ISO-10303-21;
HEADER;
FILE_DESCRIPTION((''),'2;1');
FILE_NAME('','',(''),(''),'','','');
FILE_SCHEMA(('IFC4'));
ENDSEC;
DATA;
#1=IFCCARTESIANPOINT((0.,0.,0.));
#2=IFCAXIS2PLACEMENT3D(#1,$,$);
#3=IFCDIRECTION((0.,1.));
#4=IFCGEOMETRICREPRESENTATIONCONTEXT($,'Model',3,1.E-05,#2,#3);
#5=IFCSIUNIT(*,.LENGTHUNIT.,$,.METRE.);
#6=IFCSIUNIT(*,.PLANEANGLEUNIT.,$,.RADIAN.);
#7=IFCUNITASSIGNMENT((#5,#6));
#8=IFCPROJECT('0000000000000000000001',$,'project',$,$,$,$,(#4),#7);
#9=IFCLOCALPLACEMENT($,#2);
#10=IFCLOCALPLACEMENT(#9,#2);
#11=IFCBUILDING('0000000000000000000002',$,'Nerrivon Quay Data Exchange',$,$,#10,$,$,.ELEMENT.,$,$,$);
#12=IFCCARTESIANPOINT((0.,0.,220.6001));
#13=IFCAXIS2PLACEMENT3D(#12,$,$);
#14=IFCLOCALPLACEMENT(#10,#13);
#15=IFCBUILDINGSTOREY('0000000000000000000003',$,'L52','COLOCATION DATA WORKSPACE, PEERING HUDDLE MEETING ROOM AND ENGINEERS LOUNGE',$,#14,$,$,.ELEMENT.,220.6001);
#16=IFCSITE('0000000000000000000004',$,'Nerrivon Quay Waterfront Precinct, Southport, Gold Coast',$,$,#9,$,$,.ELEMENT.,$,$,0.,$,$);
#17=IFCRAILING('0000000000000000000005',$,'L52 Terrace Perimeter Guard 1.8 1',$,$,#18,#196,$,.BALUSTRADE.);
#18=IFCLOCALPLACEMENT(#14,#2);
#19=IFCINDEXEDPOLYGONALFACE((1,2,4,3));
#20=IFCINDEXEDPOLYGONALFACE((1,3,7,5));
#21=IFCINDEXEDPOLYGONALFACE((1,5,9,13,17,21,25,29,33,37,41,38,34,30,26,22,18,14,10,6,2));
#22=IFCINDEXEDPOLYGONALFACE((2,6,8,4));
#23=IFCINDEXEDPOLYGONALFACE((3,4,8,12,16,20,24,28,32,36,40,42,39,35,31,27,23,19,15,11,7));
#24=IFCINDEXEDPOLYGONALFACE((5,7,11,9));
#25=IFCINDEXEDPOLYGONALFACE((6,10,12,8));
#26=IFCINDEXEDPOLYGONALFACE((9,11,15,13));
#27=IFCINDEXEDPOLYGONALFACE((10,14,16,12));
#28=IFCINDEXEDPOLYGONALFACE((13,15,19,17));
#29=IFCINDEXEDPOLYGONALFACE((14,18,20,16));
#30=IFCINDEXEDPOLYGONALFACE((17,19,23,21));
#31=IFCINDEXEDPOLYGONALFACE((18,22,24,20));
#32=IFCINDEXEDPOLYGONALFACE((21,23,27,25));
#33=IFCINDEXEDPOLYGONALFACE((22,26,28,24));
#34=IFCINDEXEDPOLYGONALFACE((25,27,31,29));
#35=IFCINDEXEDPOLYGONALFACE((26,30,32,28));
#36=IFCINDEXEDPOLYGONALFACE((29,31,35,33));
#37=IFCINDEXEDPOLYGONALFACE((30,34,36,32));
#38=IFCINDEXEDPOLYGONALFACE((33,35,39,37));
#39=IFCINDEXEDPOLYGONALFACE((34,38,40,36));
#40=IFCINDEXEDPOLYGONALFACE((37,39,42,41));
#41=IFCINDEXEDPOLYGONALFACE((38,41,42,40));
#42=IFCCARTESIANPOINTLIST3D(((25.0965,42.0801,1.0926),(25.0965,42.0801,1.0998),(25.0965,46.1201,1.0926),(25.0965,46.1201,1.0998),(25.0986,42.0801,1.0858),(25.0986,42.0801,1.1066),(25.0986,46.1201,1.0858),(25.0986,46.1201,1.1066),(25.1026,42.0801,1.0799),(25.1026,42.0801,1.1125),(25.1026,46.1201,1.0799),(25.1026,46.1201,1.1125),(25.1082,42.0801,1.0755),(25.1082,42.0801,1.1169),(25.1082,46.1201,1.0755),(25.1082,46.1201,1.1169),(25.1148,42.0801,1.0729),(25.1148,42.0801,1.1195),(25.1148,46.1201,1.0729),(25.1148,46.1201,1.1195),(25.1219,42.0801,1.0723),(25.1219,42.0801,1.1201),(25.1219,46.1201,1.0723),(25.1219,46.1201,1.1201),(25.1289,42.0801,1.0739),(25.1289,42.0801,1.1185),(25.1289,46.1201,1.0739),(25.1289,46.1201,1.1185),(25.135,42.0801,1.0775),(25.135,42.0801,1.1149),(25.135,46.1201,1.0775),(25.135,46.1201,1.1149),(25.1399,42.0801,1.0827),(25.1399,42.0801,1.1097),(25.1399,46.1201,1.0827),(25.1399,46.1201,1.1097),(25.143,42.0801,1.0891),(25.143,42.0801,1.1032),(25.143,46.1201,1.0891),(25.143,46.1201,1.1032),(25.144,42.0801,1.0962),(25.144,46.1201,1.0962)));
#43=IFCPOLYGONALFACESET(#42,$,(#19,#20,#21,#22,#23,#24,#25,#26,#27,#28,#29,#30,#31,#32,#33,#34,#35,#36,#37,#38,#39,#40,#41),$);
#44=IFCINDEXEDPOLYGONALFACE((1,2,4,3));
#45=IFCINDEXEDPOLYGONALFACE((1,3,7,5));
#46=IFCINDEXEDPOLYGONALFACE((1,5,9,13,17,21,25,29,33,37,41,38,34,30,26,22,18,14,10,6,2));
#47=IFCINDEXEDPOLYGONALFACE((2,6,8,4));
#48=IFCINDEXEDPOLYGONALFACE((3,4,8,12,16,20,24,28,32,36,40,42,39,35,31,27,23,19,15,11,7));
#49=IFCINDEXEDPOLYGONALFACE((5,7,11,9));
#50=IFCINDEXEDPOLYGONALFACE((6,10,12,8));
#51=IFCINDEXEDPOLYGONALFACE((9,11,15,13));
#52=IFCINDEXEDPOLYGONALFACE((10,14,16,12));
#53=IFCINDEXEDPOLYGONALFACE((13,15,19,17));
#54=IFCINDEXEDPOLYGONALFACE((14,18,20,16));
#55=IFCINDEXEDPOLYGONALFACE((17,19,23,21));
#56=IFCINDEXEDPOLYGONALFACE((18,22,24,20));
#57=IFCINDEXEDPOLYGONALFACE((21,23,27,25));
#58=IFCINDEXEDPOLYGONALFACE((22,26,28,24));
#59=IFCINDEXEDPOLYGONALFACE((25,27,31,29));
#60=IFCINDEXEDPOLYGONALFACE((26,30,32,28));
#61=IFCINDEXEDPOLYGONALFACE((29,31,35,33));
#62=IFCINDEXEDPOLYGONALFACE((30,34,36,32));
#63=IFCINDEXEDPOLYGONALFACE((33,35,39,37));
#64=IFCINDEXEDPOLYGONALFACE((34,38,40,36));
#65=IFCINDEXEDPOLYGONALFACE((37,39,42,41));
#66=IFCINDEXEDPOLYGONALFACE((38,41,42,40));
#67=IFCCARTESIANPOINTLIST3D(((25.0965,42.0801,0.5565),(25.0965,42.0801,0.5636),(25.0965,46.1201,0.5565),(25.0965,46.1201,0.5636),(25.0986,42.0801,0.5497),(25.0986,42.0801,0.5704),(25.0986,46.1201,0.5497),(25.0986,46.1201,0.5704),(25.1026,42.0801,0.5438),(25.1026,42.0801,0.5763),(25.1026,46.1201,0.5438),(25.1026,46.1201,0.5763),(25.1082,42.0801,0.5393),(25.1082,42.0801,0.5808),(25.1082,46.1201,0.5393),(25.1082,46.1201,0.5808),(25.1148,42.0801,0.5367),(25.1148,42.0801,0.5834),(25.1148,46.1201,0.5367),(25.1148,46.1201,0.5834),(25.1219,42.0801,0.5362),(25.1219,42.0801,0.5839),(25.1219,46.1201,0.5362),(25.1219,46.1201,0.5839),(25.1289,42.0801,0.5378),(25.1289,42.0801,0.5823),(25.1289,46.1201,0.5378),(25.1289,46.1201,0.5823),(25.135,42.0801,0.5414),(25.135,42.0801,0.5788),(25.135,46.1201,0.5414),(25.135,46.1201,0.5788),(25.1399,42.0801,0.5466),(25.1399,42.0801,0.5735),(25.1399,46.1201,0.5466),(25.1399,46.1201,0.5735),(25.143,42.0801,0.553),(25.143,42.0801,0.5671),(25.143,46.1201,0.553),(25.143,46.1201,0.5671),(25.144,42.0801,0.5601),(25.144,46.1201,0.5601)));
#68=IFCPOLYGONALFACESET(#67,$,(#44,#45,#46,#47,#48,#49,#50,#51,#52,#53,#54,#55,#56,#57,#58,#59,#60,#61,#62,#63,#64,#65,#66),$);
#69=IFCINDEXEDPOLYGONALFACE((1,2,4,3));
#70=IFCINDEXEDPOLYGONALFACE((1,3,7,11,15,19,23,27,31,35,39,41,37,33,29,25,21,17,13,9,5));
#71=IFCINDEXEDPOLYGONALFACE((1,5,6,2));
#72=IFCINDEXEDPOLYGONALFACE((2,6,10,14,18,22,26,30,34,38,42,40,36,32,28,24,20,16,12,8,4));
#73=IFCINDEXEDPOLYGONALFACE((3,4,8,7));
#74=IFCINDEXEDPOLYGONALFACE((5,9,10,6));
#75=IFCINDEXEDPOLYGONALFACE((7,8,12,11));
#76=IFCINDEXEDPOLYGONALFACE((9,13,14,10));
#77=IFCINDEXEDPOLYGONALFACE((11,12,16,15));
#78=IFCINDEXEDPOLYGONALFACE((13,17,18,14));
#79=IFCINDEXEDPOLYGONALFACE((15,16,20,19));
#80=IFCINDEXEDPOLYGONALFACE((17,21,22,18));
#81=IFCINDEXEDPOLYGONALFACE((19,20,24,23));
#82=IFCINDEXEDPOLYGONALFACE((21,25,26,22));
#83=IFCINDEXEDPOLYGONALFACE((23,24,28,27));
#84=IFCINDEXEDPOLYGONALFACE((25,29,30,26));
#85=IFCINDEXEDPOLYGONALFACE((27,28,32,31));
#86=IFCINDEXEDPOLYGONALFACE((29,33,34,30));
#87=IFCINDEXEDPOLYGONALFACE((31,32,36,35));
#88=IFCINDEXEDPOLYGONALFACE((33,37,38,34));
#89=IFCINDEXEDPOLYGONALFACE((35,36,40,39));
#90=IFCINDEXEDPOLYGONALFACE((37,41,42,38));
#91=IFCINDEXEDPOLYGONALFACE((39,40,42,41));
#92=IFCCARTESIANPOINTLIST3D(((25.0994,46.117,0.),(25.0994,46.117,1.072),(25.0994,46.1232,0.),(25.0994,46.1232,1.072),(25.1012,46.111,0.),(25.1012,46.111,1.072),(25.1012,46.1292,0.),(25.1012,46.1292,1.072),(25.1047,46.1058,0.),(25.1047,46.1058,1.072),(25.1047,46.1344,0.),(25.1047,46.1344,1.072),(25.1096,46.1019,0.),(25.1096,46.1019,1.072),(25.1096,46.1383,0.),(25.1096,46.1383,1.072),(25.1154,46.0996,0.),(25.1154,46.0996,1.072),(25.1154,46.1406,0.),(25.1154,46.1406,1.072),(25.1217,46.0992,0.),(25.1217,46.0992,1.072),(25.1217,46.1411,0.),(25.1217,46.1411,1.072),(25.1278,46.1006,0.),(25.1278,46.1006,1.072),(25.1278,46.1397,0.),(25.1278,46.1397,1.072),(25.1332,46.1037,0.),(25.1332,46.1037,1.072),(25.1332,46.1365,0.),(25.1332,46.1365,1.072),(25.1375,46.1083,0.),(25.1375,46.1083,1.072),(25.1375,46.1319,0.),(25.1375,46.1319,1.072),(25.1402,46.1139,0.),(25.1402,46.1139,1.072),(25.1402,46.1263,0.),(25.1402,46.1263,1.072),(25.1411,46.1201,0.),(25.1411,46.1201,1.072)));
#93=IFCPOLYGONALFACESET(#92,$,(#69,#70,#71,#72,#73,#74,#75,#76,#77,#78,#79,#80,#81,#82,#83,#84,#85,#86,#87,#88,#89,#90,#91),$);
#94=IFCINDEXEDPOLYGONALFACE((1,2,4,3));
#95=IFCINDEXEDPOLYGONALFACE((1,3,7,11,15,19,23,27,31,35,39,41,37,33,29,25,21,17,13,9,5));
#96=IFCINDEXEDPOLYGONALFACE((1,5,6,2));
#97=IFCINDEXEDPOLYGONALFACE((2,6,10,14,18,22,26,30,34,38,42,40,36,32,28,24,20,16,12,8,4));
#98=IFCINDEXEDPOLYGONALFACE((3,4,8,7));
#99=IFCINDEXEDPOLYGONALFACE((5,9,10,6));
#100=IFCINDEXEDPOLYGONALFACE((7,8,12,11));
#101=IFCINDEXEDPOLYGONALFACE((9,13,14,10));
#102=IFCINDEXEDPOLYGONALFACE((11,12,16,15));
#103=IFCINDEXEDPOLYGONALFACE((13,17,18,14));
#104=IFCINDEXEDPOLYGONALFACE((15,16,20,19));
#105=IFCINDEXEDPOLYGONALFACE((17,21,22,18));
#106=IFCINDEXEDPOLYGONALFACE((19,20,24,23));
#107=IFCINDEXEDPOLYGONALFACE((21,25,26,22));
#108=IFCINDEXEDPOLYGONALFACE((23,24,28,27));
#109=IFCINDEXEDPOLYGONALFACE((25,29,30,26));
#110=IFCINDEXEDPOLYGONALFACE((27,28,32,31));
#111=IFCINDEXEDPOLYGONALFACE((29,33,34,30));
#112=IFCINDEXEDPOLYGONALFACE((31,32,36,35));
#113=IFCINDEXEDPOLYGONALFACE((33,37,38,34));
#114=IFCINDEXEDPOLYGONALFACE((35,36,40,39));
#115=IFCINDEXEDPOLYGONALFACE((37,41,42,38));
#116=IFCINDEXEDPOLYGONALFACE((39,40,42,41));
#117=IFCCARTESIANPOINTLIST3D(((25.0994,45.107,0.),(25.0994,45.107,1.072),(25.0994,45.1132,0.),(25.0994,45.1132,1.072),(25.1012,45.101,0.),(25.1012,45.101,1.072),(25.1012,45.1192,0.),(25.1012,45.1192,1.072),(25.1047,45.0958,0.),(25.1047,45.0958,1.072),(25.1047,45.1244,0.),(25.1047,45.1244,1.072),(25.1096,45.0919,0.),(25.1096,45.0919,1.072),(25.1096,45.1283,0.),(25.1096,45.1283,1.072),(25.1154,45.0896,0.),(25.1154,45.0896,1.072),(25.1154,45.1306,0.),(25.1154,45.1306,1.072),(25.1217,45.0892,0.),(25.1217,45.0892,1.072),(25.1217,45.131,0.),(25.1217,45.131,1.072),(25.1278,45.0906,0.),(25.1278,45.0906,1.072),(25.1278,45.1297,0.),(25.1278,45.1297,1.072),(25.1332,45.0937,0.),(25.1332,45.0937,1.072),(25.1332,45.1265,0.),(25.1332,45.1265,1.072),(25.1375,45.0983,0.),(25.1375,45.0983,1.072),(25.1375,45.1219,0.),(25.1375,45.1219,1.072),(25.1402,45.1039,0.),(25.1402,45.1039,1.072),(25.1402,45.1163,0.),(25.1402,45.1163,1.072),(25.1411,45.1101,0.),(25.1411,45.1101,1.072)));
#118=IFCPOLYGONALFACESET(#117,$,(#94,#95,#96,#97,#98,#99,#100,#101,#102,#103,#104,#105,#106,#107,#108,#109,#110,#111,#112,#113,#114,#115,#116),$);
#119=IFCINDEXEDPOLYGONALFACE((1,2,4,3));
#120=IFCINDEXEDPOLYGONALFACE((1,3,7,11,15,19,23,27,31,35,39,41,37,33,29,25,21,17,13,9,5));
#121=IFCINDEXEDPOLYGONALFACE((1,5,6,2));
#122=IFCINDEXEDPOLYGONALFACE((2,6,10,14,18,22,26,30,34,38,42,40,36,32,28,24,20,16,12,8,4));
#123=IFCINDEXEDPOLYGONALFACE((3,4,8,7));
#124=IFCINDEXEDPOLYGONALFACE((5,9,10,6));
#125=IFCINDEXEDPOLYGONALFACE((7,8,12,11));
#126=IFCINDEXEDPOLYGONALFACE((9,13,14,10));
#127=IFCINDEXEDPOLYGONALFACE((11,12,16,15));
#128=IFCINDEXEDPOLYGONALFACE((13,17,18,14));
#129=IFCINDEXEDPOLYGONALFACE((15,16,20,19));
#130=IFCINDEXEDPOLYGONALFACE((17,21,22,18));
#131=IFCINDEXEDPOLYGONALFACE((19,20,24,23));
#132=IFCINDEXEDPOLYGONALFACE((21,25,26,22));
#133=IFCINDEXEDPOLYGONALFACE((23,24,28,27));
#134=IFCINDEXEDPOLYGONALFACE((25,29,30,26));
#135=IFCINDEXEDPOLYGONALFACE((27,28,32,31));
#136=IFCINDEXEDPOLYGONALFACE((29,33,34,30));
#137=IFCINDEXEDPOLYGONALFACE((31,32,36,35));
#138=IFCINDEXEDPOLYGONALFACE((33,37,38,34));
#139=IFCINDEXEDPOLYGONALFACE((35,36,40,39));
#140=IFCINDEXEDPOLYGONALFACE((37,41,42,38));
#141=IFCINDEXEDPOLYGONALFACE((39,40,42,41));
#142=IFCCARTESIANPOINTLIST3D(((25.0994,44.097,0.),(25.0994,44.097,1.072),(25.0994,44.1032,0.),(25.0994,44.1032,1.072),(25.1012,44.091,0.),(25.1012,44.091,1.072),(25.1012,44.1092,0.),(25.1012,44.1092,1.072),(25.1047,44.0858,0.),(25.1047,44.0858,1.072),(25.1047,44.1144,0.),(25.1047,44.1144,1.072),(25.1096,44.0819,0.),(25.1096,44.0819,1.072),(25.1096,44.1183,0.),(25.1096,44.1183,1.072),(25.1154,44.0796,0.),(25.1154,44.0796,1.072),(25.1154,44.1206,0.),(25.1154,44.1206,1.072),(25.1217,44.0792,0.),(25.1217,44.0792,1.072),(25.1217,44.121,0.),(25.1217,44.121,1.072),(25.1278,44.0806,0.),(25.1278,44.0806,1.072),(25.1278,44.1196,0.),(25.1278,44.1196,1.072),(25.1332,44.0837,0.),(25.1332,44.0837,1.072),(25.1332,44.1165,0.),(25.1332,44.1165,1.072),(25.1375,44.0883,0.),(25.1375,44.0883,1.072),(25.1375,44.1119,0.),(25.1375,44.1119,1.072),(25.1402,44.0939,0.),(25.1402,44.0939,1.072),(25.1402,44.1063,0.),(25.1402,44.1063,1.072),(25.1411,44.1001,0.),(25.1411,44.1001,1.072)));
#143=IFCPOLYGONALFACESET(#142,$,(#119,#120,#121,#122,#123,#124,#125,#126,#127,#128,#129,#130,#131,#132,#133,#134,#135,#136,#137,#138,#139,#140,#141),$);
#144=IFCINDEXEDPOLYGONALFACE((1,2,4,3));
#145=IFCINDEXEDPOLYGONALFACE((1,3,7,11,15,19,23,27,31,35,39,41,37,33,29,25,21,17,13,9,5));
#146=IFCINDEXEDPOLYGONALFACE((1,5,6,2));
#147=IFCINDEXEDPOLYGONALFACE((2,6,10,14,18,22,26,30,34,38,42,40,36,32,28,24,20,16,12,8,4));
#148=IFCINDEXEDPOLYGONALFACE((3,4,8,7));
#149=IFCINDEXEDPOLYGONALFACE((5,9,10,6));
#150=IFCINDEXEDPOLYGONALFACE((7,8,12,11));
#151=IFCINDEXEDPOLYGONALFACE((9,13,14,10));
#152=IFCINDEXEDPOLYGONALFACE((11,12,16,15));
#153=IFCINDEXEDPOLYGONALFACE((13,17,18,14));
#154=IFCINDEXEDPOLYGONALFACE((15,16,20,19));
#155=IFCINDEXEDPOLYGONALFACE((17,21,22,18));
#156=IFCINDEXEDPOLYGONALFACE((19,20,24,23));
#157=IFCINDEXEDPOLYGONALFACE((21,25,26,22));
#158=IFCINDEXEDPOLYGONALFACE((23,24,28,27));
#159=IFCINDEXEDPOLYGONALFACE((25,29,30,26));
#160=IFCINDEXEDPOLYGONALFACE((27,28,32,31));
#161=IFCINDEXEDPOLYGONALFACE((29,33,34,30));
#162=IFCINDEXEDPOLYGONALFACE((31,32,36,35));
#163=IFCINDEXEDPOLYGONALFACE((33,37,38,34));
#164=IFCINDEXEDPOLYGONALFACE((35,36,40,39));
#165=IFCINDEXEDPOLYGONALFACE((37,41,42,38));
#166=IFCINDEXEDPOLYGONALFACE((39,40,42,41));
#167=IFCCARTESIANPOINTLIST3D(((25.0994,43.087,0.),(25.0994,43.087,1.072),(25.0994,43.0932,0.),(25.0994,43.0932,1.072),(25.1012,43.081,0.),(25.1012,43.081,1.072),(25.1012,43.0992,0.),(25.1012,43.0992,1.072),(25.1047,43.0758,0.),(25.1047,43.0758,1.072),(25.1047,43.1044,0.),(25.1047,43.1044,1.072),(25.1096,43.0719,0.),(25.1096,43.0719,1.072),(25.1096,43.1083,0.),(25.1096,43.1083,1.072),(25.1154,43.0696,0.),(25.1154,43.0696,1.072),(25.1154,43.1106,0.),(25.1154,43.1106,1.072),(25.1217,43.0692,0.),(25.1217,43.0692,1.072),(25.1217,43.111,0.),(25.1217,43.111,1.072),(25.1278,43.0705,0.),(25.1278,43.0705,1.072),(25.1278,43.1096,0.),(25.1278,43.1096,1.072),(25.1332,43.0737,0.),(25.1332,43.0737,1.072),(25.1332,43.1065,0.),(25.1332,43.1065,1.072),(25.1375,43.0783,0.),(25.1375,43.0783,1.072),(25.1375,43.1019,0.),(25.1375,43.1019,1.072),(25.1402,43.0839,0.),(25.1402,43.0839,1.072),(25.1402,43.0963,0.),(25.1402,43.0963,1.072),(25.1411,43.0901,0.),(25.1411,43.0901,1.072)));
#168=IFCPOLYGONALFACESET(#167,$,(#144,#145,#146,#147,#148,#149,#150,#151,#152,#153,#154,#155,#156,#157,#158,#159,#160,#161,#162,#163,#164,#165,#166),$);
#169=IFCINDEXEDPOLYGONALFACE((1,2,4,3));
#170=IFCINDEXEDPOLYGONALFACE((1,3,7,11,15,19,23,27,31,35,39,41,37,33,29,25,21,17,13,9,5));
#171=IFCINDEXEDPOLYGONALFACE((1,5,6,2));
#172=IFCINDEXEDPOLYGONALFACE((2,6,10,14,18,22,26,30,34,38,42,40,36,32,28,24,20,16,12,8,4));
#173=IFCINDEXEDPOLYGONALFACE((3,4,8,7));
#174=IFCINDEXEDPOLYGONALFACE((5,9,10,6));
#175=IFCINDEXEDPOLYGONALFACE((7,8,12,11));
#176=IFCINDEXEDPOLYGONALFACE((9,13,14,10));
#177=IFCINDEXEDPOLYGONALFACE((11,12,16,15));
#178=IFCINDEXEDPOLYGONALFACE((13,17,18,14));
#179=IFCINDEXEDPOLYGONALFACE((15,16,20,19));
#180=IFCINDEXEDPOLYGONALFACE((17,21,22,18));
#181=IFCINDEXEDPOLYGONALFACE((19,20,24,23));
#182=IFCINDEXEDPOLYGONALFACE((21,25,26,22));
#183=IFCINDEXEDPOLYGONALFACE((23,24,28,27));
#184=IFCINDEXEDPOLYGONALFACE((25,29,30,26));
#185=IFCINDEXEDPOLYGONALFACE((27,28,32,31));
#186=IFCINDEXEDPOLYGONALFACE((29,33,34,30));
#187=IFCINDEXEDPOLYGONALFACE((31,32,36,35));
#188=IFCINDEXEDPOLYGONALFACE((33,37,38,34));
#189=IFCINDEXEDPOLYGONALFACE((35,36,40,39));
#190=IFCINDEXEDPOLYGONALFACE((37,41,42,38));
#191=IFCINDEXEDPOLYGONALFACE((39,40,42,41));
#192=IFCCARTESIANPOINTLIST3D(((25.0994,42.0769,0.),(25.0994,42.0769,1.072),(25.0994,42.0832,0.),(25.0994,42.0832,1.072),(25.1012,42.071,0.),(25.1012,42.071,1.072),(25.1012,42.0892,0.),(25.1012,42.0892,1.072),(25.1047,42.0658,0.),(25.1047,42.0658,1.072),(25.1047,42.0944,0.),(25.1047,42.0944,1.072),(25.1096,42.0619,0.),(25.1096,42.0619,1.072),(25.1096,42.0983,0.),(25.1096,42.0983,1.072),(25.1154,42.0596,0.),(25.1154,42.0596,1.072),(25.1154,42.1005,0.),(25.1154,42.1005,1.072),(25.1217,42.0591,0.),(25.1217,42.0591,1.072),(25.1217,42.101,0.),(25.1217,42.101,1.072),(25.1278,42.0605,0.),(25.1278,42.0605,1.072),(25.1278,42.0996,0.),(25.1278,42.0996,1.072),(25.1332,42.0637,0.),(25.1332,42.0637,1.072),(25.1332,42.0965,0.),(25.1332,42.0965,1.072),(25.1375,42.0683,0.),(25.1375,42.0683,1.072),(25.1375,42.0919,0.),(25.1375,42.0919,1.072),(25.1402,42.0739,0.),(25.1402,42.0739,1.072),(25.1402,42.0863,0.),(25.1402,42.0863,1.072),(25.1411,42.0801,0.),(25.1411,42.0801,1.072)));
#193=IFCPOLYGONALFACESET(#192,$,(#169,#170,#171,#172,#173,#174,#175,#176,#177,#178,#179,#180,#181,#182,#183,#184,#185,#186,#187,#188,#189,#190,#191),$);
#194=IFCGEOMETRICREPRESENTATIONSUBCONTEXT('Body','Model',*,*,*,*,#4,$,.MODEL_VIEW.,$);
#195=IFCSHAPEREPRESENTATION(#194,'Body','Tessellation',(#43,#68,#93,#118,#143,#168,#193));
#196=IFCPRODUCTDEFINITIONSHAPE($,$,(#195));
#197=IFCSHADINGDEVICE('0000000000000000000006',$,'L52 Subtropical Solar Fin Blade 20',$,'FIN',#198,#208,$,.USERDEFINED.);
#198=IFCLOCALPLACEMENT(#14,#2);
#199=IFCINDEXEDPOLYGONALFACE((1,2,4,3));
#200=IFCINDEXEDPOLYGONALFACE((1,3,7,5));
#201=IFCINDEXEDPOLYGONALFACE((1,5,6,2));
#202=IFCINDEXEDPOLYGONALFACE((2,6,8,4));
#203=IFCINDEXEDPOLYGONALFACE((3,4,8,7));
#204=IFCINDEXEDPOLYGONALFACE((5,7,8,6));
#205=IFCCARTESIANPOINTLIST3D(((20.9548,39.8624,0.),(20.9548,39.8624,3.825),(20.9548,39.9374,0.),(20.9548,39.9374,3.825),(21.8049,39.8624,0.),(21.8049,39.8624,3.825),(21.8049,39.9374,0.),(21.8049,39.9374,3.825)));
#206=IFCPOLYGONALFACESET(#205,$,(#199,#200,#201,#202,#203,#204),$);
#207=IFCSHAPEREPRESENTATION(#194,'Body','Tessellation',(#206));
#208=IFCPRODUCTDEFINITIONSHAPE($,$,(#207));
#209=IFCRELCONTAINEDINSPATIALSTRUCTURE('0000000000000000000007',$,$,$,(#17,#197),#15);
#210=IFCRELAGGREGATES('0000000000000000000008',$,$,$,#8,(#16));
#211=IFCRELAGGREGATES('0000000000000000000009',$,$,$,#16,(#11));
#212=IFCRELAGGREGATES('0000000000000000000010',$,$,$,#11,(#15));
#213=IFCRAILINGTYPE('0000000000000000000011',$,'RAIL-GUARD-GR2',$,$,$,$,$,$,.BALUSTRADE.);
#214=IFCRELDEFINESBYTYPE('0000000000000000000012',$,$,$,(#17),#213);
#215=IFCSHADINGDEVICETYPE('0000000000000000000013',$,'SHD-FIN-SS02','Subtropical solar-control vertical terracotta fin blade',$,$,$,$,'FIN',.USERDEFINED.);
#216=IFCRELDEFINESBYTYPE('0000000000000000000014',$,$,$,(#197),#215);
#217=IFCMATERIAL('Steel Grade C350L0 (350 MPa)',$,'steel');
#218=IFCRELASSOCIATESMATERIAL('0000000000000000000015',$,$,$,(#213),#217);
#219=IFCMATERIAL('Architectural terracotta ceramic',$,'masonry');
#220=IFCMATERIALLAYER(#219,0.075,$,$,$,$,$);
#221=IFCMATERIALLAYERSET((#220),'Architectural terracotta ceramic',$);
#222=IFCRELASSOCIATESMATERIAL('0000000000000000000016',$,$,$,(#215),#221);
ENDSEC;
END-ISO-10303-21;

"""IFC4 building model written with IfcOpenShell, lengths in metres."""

from ifc_helpers import new_model, si_unit, direction, frame, origin, origin_2d, place, context, subcontext, project, spatial, rectangle, circle, extrude, material, layer, layer_set, type_object, element, save


model = new_model("IFC4")

# Units and contexts
model_context = context("Model", 3, precision=1e-05, world=origin(), true_north=direction((0.0, 1.0)))
body_context = subcontext(model_context, "Body", "Model", "MODEL_VIEW")
ifc_project = project(units=[si_unit("LENGTHUNIT", "METRE"), si_unit("PLANEANGLEUNIT", "RADIAN")], contexts=[model_context])

# Site, building, storey
site_placement = place(None, origin())
site = spatial("IfcSite", under=ifc_project, at=site_placement, Name="Nerrivon Quay Waterfront Precinct, Southport, Gold Coast", CompositionType="ELEMENT", RefElevation=0.0)
building_placement = place(site_placement, origin())
building = spatial("IfcBuilding", under=site, at=building_placement, Name="Nerrivon Quay Data Exchange", CompositionType="ELEMENT")
storey_placement = place(building_placement, frame((0.0, 0.0, 220.6001)))
storey = spatial("IfcBuildingStorey", under=building, at=storey_placement, Name="L52", Description="COLOCATION DATA WORKSPACE, PEERING HUDDLE MEETING ROOM AND ENGINEERS LOUNGE", CompositionType="ELEMENT", Elevation=220.6001)

# Shared definitions
ifc_material_1 = material(Name="Architectural terracotta ceramic", Category="masonry")

# Railing
ifc_material_2 = material(Name="Steel Grade C350L0 (350 MPa)", Category="steel")
railing_type = type_object("IfcRailingType", Name="RAIL-GUARD-GR2", PredefinedType="BALUSTRADE", material=ifc_material_2)
railing_1_placement = place(storey_placement, frame((25.1201, 46.1201, 0.0)))
element("IfcRailing", 1, at=railing_1_placement, inside=storey, type_object=railing_type, Name="L52 Terrace Perimeter Guard 1.8 1", PredefinedType="BALUSTRADE", context=body_context, shape_type="SweptSolid", body=[
    extrude(circle(Radius=0.0239, at=origin_2d()), frame((0.0, 0.0, 1.0962), z_axis=(0.0, -1.0, 0.0), x_axis=(1.0, 0.0, 0.0)), (0.0, 0.0, 1.0), 4.04),
    extrude(circle(Radius=0.0239, at=origin_2d()), frame((0.0, 0.0, 0.5601), z_axis=(0.0, -1.0, 0.0), x_axis=(1.0, 0.0, 0.0)), (0.0, 0.0, 1.0), 4.04),
    extrude(circle(Radius=0.021, at=origin_2d()), origin(), (0.0, 0.0, 1.0), 1.072),
    extrude(circle(Radius=0.021, at=origin_2d()), frame((0.0, -1.01, 0.0)), (0.0, 0.0, 1.0), 1.072),
    extrude(circle(Radius=0.021, at=origin_2d()), frame((0.0, -2.02, 0.0)), (0.0, 0.0, 1.0), 1.072),
    extrude(circle(Radius=0.021, at=origin_2d()), frame((0.0, -3.03, 0.0)), (0.0, 0.0, 1.0), 1.072),
    extrude(circle(Radius=0.021, at=origin_2d()), frame((0.0, -4.04, 0.0)), (0.0, 0.0, 1.0), 1.072),
])

# Shading device
ifc_layer_1 = layer(ifc_material_1, 0.075)
ifc_layer_set_1 = layer_set([ifc_layer_1], Name="Architectural terracotta ceramic")
shading_device_type_1 = type_object("IfcShadingDeviceType", Name="SHD-FIN-SS02", Description="Subtropical solar-control vertical terracotta fin blade", ElementType="FIN", PredefinedType="USERDEFINED", material=ifc_layer_set_1)
for number, where, z_axis, x_axis, name in (
    (2, (21.3799, 39.8999, 0.0), (0.0, 0.0, 1.0), (0.0, -1.0, 0.0), "L52 Subtropical Solar Fin Blade 20"),
):
    element("IfcShadingDevice", number, at=place(storey_placement, frame(where, z_axis=z_axis, x_axis=x_axis)), inside=storey, type_object=shading_device_type_1, Name=name, ObjectType="FIN", PredefinedType="USERDEFINED", context=body_context, shape_type="SweptSolid", body=[
        extrude(rectangle(XDim=0.075, YDim=0.8501, at=origin_2d()), origin(), (0.0, 0.0, 1.0), 3.825),
    ])

save(model, "model.ifc")
